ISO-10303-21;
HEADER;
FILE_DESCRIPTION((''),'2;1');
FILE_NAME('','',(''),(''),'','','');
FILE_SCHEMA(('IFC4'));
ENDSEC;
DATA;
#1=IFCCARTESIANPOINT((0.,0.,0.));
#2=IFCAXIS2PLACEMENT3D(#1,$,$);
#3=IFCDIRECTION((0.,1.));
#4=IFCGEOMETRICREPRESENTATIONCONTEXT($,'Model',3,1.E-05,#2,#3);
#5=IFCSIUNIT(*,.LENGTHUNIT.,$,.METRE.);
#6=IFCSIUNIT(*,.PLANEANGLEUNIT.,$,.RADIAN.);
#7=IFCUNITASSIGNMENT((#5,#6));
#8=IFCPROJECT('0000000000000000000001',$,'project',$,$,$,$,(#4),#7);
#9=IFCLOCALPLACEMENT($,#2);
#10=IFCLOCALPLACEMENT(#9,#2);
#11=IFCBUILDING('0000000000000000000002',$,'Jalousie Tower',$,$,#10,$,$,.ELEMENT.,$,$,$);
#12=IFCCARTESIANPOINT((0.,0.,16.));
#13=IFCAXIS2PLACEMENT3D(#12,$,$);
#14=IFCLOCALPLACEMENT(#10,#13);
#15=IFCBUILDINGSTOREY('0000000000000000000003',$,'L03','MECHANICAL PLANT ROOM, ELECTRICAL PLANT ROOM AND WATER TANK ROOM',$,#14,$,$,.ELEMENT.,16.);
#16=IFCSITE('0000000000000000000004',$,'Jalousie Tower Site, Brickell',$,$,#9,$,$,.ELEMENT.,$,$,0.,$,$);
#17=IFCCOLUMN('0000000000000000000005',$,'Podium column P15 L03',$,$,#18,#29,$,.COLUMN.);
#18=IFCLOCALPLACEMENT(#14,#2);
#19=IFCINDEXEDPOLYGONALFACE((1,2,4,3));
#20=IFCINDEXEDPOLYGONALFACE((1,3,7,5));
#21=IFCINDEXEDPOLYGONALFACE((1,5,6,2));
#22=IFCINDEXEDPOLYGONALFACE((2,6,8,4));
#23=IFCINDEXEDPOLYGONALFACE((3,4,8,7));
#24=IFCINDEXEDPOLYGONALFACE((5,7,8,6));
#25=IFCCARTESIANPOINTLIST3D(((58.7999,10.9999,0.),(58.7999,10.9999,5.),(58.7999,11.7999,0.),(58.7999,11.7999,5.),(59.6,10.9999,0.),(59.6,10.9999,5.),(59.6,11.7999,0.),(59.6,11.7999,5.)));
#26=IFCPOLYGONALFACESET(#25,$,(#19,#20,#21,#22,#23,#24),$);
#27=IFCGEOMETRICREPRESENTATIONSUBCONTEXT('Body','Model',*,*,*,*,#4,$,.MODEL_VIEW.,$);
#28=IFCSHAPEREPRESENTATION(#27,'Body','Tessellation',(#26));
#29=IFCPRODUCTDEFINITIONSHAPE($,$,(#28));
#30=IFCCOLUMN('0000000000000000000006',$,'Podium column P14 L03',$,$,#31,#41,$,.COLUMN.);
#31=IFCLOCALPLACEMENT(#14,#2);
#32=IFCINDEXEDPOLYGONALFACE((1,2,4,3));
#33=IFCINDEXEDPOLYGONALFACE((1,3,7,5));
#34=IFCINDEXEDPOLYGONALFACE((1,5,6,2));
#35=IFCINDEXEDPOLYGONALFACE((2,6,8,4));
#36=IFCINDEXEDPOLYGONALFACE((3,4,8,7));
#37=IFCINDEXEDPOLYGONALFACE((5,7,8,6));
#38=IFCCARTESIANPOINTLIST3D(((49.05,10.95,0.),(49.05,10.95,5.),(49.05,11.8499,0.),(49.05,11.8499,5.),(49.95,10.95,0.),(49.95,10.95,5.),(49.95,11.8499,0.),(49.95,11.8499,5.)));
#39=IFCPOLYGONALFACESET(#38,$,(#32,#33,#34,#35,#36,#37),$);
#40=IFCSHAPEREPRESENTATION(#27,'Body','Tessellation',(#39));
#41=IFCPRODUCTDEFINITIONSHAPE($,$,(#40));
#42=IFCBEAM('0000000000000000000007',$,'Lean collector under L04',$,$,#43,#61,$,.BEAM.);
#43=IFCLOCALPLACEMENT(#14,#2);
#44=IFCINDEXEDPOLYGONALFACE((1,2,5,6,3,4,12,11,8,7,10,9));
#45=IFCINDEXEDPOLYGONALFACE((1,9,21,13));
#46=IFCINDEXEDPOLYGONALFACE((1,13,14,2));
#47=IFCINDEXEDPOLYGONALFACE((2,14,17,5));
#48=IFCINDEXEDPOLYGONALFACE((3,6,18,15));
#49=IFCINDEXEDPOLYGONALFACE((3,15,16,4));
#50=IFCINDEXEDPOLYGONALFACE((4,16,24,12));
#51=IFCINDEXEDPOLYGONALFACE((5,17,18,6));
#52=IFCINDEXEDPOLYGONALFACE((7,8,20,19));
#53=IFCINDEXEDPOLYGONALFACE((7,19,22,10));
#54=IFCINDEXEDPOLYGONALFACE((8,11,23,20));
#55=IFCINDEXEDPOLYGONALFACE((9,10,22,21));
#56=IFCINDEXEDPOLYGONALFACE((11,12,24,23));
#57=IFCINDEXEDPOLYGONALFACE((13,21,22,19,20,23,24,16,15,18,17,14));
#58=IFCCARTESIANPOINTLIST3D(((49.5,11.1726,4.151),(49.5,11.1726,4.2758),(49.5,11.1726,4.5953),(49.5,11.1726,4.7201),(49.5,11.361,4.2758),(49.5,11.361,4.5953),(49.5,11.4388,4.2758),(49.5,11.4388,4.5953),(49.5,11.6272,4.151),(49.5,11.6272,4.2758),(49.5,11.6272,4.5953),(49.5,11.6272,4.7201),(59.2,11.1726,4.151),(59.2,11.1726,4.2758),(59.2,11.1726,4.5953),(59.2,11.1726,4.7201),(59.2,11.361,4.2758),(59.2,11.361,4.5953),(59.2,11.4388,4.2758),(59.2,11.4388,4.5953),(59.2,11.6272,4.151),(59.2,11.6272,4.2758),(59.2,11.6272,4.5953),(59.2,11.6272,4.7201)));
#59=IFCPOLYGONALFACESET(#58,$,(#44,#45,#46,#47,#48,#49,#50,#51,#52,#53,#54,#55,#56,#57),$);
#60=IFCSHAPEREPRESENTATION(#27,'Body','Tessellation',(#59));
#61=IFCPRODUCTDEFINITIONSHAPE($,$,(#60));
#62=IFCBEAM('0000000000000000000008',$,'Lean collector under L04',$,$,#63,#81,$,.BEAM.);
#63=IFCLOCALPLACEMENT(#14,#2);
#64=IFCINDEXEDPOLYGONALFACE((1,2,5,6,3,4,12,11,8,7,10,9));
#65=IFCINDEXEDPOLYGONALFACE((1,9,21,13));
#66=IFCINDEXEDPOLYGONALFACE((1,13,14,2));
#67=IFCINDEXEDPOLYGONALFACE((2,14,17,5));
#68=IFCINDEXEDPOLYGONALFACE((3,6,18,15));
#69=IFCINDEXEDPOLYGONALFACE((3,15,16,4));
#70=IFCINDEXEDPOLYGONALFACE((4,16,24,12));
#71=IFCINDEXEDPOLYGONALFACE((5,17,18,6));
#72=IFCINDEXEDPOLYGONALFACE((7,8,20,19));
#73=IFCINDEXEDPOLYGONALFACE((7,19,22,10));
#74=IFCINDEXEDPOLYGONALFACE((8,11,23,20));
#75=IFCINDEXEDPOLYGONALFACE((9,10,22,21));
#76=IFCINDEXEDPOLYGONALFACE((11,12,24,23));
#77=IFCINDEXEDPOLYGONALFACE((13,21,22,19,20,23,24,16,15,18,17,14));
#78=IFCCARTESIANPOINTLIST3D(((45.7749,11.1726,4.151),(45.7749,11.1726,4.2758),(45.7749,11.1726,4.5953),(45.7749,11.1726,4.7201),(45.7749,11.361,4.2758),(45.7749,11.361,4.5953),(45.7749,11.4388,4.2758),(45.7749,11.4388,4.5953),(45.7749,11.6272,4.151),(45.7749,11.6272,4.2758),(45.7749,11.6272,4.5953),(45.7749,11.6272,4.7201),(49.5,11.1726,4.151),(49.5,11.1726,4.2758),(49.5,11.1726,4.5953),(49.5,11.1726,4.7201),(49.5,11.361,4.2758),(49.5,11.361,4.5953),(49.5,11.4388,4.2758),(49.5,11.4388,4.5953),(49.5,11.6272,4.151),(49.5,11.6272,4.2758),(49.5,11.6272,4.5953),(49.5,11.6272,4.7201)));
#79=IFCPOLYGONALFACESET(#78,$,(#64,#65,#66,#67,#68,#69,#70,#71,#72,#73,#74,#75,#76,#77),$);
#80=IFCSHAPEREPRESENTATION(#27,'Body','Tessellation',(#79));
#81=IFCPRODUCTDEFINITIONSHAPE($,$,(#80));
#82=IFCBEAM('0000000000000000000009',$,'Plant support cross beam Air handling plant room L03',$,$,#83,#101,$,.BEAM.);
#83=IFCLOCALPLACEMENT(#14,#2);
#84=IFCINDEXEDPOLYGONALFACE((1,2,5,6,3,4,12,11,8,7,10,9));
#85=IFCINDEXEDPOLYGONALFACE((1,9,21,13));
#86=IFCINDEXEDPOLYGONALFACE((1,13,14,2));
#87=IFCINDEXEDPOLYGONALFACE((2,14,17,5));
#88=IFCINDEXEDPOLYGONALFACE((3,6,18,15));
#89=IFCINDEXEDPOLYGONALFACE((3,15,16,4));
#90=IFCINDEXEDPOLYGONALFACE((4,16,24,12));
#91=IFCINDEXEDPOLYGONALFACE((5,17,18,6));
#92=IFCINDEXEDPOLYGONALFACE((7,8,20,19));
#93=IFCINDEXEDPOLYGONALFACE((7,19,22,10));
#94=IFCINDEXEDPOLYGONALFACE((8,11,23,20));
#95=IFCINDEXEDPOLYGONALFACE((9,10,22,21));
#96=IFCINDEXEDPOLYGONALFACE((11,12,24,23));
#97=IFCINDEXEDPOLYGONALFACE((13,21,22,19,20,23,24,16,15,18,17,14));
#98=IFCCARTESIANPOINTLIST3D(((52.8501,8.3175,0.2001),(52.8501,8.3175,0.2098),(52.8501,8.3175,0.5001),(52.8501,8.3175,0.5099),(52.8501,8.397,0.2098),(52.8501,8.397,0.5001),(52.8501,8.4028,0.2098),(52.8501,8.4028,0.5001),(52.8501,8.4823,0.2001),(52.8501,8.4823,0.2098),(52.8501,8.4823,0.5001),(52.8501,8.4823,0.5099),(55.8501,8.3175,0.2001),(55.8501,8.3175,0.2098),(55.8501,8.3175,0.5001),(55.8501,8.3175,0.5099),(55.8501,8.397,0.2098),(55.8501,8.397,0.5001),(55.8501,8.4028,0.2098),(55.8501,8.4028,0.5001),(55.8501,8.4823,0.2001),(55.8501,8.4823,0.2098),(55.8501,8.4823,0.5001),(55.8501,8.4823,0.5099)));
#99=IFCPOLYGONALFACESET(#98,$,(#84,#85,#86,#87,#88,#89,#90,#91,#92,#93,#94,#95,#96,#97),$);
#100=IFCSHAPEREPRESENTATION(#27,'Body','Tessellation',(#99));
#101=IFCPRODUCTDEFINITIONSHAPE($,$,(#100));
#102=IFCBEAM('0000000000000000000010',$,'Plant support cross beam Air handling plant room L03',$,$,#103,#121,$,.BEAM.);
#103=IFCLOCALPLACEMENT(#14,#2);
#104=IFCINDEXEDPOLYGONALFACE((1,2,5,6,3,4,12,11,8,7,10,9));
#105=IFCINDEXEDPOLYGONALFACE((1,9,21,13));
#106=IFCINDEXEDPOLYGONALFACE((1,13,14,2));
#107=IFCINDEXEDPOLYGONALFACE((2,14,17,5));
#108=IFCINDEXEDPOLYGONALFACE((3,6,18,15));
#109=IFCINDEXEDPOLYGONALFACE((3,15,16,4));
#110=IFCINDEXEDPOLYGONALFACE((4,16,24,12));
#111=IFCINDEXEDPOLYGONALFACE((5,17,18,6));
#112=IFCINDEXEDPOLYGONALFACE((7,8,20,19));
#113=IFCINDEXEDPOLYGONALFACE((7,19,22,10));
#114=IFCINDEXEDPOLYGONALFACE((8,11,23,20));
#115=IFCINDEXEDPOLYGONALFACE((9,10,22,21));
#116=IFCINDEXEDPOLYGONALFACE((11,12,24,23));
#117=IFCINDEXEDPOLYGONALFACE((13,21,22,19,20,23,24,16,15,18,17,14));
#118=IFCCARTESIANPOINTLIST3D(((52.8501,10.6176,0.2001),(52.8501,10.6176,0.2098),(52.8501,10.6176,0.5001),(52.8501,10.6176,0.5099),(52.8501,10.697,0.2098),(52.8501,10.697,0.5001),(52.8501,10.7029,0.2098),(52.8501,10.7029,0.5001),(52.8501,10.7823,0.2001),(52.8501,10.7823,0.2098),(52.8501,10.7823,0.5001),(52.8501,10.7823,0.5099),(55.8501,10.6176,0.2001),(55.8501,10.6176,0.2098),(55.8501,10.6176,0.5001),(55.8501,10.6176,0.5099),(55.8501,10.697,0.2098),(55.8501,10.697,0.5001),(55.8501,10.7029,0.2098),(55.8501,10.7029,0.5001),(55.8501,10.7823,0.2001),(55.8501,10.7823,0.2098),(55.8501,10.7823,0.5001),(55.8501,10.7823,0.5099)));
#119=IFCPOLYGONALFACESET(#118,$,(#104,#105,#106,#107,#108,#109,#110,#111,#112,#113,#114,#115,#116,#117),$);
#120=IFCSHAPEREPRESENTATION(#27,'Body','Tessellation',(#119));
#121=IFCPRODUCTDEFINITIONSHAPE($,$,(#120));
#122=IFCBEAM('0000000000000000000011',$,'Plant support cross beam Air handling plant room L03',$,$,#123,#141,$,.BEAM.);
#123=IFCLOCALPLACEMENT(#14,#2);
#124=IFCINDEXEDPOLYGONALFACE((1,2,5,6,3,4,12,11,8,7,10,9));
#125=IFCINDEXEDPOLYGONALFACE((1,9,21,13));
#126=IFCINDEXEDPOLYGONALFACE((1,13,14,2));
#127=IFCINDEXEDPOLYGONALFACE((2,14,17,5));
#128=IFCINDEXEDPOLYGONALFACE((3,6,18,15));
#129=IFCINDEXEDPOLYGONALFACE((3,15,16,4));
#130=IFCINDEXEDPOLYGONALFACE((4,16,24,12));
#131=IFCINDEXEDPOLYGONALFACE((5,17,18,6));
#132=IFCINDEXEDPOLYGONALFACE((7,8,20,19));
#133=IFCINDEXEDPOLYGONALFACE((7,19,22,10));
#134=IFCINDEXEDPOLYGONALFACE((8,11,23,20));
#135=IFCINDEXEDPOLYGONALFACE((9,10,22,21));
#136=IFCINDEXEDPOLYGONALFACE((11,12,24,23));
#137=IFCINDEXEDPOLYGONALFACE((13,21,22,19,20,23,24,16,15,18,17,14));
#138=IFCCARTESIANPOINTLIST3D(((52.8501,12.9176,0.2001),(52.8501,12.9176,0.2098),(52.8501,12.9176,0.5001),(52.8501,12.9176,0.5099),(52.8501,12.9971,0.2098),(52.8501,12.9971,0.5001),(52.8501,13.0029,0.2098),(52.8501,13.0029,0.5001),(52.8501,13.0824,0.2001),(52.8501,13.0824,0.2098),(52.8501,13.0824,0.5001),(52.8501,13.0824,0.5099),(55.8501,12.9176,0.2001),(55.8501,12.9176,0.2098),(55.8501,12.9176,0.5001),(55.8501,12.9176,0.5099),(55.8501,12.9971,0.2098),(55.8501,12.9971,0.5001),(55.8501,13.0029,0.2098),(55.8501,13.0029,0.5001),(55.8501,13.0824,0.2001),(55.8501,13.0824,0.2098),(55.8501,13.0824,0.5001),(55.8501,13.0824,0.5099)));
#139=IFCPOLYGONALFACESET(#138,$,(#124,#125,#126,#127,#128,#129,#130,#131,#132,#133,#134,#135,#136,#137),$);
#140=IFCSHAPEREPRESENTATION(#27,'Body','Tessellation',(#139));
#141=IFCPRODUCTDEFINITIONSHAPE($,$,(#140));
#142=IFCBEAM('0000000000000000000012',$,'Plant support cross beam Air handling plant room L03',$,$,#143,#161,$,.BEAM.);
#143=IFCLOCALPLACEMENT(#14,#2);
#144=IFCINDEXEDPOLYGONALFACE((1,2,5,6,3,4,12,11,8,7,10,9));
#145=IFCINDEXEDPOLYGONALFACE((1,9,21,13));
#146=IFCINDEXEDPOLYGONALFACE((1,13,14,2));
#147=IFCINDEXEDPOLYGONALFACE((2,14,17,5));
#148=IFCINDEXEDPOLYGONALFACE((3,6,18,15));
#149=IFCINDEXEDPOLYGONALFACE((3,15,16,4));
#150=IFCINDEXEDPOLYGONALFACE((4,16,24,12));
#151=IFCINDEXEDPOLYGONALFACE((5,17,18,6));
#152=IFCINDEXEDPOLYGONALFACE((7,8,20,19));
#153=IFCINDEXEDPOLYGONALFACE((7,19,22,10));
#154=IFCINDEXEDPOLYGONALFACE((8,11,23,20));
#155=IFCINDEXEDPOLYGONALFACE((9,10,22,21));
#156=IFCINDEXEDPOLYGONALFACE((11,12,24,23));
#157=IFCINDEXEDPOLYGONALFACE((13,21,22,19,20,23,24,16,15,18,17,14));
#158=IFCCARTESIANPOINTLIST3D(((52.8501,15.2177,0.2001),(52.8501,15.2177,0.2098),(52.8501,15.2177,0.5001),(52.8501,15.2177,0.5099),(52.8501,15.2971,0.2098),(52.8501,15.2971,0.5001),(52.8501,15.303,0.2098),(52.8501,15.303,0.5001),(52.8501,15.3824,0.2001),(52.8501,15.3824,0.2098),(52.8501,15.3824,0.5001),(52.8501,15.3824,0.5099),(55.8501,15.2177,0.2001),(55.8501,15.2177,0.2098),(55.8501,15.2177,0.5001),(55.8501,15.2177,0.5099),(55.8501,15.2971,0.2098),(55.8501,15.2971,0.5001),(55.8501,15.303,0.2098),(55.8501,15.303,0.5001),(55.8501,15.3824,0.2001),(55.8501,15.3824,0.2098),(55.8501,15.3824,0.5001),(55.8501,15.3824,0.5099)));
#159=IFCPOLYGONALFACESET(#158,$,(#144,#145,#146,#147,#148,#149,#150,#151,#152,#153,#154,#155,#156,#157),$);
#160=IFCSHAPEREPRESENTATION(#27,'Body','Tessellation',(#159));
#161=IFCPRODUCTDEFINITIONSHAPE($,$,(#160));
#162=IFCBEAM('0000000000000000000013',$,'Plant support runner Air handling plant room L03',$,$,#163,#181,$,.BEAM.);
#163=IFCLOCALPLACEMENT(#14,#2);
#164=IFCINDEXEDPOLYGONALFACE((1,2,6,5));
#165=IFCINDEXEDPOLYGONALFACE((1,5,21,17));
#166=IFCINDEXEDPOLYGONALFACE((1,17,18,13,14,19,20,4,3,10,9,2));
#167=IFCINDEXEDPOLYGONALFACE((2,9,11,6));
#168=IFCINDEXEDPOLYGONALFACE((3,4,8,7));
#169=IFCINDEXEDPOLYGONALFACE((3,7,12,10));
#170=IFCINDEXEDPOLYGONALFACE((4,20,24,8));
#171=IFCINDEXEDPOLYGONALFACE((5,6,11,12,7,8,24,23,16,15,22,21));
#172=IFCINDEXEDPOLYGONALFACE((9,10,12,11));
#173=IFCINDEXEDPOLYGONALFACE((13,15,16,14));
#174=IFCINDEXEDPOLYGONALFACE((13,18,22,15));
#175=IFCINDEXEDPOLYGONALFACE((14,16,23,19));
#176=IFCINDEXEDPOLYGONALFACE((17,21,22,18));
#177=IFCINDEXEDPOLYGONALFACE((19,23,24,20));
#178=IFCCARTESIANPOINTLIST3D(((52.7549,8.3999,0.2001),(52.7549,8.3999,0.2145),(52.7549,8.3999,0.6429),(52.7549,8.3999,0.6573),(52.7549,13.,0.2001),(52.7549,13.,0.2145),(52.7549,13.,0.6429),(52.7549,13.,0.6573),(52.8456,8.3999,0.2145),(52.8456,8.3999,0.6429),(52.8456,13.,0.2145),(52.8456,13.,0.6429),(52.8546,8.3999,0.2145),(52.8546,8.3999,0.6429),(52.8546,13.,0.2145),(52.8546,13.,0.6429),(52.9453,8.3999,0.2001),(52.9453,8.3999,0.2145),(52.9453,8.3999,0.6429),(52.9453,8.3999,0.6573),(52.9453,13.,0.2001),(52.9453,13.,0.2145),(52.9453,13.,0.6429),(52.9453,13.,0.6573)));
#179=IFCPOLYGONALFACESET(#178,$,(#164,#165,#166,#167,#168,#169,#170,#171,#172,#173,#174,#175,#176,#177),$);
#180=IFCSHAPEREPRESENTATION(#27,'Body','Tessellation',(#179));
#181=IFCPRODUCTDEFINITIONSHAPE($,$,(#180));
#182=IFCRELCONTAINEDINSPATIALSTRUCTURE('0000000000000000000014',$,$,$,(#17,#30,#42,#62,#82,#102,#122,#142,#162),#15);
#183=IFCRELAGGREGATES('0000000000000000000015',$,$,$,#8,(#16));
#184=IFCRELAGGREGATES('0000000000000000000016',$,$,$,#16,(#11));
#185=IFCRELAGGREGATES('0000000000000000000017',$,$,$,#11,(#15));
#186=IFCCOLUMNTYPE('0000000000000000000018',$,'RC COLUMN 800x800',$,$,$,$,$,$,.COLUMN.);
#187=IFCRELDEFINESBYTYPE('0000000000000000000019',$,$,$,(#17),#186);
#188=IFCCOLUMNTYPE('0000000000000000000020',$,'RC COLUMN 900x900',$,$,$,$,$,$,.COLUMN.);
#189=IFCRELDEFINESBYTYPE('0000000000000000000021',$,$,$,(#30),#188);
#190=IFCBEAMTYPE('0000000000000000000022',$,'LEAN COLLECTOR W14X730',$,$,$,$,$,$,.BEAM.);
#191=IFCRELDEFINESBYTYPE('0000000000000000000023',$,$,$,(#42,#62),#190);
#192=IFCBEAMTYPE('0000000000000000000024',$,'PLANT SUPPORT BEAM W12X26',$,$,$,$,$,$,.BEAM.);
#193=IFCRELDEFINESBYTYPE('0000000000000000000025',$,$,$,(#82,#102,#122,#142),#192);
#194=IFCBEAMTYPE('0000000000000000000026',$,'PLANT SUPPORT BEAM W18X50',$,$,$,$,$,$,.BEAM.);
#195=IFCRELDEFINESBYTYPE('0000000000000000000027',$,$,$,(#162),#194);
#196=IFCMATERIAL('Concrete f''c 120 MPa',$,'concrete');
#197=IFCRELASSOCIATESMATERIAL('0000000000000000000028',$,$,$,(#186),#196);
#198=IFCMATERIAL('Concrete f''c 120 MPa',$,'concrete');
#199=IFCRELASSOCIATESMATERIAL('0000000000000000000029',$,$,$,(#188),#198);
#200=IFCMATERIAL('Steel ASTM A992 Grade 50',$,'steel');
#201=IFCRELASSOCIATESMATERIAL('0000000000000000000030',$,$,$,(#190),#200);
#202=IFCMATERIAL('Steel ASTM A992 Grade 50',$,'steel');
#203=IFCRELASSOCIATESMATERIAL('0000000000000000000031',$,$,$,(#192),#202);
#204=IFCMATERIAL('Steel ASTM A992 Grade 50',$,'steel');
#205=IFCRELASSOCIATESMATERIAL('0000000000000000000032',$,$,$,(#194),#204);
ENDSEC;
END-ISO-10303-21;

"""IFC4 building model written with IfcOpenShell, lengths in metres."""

from ifc_helpers import new_model, si_unit, direction, frame, origin, origin_2d, place, context, subcontext, project, spatial, rectangle, i_section, extrude, material, material_profile, profile_set, type_object, element, save


model = new_model("IFC4")

# Units and contexts
model_context = context("Model", 3, precision=1e-05, world=origin(), true_north=direction((0.0, 1.0)))
body_context = subcontext(model_context, "Body", "Model", "MODEL_VIEW")
ifc_project = project(units=[si_unit("LENGTHUNIT", "METRE"), si_unit("PLANEANGLEUNIT", "RADIAN")], contexts=[model_context])

# Site, building, storey
site_placement = place(None, origin())
site = spatial("IfcSite", under=ifc_project, at=site_placement, Name="Jalousie Tower Site, Brickell", CompositionType="ELEMENT", RefElevation=0.0)
building_placement = place(site_placement, origin())
building = spatial("IfcBuilding", under=site, at=building_placement, Name="Jalousie Tower", CompositionType="ELEMENT")
storey_placement = place(building_placement, frame((0.0, 0.0, 16.0)))
storey = spatial("IfcBuildingStorey", under=building, at=storey_placement, Name="L03", Description="MECHANICAL PLANT ROOM, ELECTRICAL PLANT ROOM AND WATER TANK ROOM", CompositionType="ELEMENT", Elevation=16.0)

# Columns
ifc_material_1 = material(Name="Concrete f'c 120 MPa", Category="concrete")
ifc_material_profile_1 = material_profile(ifc_material_1, rectangle(XDim=0.8, YDim=0.8, at=origin_2d()), Name="RC 800x800")
ifc_profile_set_1 = profile_set([ifc_material_profile_1], Name="Concrete f'c 120 MPa")
column_type_1 = type_object("IfcColumnType", Name="RC COLUMN 800x800", PredefinedType="COLUMN", material=ifc_profile_set_1)
column_1_placement = place(storey_placement, frame((59.2, 11.3999, 0.0), z_axis=(0.0, 0.0, 1.0), x_axis=(1.0, 0.0, 0.0)))
element("IfcColumn", 1, at=column_1_placement, inside=storey, type_object=column_type_1, Name="Podium column P15 L03", PredefinedType="COLUMN", context=body_context, shape_type="SweptSolid", body=[
    extrude(rectangle(XDim=0.8, YDim=0.8, at=origin_2d()), origin(), (0.0, 0.0, 1.0), 5.0),
])
ifc_material_2 = material(Name="Concrete f'c 120 MPa", Category="concrete")
ifc_material_profile_2 = material_profile(ifc_material_2, rectangle(XDim=0.8999, YDim=0.8999, at=origin_2d()), Name="RC 900x900")
ifc_profile_set_2 = profile_set([ifc_material_profile_2], Name="Concrete f'c 120 MPa")
column_type_2 = type_object("IfcColumnType", Name="RC COLUMN 900x900", PredefinedType="COLUMN", material=ifc_profile_set_2)
column_2_placement = place(storey_placement, frame((49.5, 11.3999, 0.0), z_axis=(0.0, 0.0, 1.0), x_axis=(1.0, 0.0, 0.0)))
element("IfcColumn", 2, at=column_2_placement, inside=storey, type_object=column_type_2, Name="Podium column P14 L03", PredefinedType="COLUMN", context=body_context, shape_type="SweptSolid", body=[
    extrude(rectangle(XDim=0.8999, YDim=0.8999, at=origin_2d()), origin(), (0.0, 0.0, 1.0), 5.0),
])

# Beams
ifc_material_3 = material(Name="Steel ASTM A992 Grade 50", Category="steel")
ifc_material_profile_3 = material_profile(ifc_material_3, i_section(OverallWidth=0.4546, OverallDepth=0.5691, WebThickness=0.0779, FlangeThickness=0.1248, at=origin_2d()), Name="W14X730")
ifc_profile_set_3 = profile_set([ifc_material_profile_3], Name="Steel ASTM A992 Grade 50")
beam_type_1 = type_object("IfcBeamType", Name="LEAN COLLECTOR W14X730", PredefinedType="BEAM", material=ifc_profile_set_3)
beam_1_placement = place(storey_placement, frame((49.5, 11.3999, 4.4355), z_axis=(1.0, 0.0, 0.0), x_axis=(0.0, 1.0, 0.0)))
element("IfcBeam", 3, at=beam_1_placement, inside=storey, type_object=beam_type_1, Name="Lean collector under L04", PredefinedType="BEAM", context=body_context, shape_type="SweptSolid", body=[
    extrude(i_section(OverallWidth=0.4546, OverallDepth=0.5691, WebThickness=0.0779, FlangeThickness=0.1248, at=origin_2d()), origin(), (0.0, 0.0, 1.0), 9.7),
])
beam_2_placement = place(storey_placement, frame((49.5, 11.3999, 4.4355), z_axis=(-1.0, 0.0, 0.0), x_axis=(0.0, -1.0, 0.0)))
element("IfcBeam", 4, at=beam_2_placement, inside=storey, type_object=beam_type_1, Name="Lean collector under L04", PredefinedType="BEAM", context=body_context, shape_type="SweptSolid", body=[
    extrude(i_section(OverallWidth=0.4546, OverallDepth=0.5691, WebThickness=0.0779, FlangeThickness=0.1248, at=origin_2d()), origin(), (0.0, 0.0, 1.0), 3.7251),
])
ifc_material_4 = material(Name="Steel ASTM A992 Grade 50", Category="steel")
ifc_material_profile_4 = material_profile(ifc_material_4, i_section(OverallWidth=0.1648, OverallDepth=0.3098, WebThickness=0.0059, FlangeThickness=0.0098, at=origin_2d()), Name="W12X26")
ifc_profile_set_4 = profile_set([ifc_material_profile_4], Name="Steel ASTM A992 Grade 50")
beam_type_2 = type_object("IfcBeamType", Name="PLANT SUPPORT BEAM W12X26", PredefinedType="BEAM", material=ifc_profile_set_4)
for number, where, z_axis, x_axis, name in (
    (5, (52.8501, 8.3999, 0.355), (1.0, 0.0, 0.0), (0.0, 1.0, 0.0), "Plant support cross beam Air handling plant room L03"),
    (6, (52.8501, 10.7, 0.355), (1.0, 0.0, 0.0), (0.0, 1.0, 0.0), "Plant support cross beam Air handling plant room L03"),
    (7, (52.8501, 13.0, 0.355), (1.0, 0.0, 0.0), (0.0, 1.0, 0.0), "Plant support cross beam Air handling plant room L03"),
    (8, (52.8501, 15.3, 0.355), (1.0, 0.0, 0.0), (0.0, 1.0, 0.0), "Plant support cross beam Air handling plant room L03"),
):
    element("IfcBeam", number, at=place(storey_placement, frame(where, z_axis=z_axis, x_axis=x_axis)), inside=storey, type_object=beam_type_2, Name=name, PredefinedType="BEAM", context=body_context, shape_type="SweptSolid", body=[
        extrude(i_section(OverallWidth=0.1648, OverallDepth=0.3098, WebThickness=0.0059, FlangeThickness=0.0098, at=origin_2d()), origin(), (0.0, 0.0, 1.0), 3.0),
    ])
ifc_material_5 = material(Name="Steel ASTM A992 Grade 50", Category="steel")
ifc_material_profile_5 = material_profile(ifc_material_5, i_section(OverallWidth=0.1904, OverallDepth=0.4573, WebThickness=0.009, FlangeThickness=0.0144, at=origin_2d()), Name="W18X50")
ifc_profile_set_5 = profile_set([ifc_material_profile_5], Name="Steel ASTM A992 Grade 50")
beam_type_3 = type_object("IfcBeamType", Name="PLANT SUPPORT BEAM W18X50", PredefinedType="BEAM", material=ifc_profile_set_5)
for number, where, z_axis, x_axis, name in (
    (9, (52.8501, 8.3999, 0.4287), (0.0, 1.0, 0.0), (-1.0, 0.0, 0.0), "Plant support runner Air handling plant room L03"),
):
    element("IfcBeam", number, at=place(storey_placement, frame(where, z_axis=z_axis, x_axis=x_axis)), inside=storey, type_object=beam_type_3, Name=name, PredefinedType="BEAM", context=body_context, shape_type="SweptSolid", body=[
        extrude(i_section(OverallWidth=0.1904, OverallDepth=0.4573, WebThickness=0.009, FlangeThickness=0.0144, at=origin_2d()), origin(), (0.0, 0.0, 1.0), 4.6001),
    ])

save(model, "model.ifc")
